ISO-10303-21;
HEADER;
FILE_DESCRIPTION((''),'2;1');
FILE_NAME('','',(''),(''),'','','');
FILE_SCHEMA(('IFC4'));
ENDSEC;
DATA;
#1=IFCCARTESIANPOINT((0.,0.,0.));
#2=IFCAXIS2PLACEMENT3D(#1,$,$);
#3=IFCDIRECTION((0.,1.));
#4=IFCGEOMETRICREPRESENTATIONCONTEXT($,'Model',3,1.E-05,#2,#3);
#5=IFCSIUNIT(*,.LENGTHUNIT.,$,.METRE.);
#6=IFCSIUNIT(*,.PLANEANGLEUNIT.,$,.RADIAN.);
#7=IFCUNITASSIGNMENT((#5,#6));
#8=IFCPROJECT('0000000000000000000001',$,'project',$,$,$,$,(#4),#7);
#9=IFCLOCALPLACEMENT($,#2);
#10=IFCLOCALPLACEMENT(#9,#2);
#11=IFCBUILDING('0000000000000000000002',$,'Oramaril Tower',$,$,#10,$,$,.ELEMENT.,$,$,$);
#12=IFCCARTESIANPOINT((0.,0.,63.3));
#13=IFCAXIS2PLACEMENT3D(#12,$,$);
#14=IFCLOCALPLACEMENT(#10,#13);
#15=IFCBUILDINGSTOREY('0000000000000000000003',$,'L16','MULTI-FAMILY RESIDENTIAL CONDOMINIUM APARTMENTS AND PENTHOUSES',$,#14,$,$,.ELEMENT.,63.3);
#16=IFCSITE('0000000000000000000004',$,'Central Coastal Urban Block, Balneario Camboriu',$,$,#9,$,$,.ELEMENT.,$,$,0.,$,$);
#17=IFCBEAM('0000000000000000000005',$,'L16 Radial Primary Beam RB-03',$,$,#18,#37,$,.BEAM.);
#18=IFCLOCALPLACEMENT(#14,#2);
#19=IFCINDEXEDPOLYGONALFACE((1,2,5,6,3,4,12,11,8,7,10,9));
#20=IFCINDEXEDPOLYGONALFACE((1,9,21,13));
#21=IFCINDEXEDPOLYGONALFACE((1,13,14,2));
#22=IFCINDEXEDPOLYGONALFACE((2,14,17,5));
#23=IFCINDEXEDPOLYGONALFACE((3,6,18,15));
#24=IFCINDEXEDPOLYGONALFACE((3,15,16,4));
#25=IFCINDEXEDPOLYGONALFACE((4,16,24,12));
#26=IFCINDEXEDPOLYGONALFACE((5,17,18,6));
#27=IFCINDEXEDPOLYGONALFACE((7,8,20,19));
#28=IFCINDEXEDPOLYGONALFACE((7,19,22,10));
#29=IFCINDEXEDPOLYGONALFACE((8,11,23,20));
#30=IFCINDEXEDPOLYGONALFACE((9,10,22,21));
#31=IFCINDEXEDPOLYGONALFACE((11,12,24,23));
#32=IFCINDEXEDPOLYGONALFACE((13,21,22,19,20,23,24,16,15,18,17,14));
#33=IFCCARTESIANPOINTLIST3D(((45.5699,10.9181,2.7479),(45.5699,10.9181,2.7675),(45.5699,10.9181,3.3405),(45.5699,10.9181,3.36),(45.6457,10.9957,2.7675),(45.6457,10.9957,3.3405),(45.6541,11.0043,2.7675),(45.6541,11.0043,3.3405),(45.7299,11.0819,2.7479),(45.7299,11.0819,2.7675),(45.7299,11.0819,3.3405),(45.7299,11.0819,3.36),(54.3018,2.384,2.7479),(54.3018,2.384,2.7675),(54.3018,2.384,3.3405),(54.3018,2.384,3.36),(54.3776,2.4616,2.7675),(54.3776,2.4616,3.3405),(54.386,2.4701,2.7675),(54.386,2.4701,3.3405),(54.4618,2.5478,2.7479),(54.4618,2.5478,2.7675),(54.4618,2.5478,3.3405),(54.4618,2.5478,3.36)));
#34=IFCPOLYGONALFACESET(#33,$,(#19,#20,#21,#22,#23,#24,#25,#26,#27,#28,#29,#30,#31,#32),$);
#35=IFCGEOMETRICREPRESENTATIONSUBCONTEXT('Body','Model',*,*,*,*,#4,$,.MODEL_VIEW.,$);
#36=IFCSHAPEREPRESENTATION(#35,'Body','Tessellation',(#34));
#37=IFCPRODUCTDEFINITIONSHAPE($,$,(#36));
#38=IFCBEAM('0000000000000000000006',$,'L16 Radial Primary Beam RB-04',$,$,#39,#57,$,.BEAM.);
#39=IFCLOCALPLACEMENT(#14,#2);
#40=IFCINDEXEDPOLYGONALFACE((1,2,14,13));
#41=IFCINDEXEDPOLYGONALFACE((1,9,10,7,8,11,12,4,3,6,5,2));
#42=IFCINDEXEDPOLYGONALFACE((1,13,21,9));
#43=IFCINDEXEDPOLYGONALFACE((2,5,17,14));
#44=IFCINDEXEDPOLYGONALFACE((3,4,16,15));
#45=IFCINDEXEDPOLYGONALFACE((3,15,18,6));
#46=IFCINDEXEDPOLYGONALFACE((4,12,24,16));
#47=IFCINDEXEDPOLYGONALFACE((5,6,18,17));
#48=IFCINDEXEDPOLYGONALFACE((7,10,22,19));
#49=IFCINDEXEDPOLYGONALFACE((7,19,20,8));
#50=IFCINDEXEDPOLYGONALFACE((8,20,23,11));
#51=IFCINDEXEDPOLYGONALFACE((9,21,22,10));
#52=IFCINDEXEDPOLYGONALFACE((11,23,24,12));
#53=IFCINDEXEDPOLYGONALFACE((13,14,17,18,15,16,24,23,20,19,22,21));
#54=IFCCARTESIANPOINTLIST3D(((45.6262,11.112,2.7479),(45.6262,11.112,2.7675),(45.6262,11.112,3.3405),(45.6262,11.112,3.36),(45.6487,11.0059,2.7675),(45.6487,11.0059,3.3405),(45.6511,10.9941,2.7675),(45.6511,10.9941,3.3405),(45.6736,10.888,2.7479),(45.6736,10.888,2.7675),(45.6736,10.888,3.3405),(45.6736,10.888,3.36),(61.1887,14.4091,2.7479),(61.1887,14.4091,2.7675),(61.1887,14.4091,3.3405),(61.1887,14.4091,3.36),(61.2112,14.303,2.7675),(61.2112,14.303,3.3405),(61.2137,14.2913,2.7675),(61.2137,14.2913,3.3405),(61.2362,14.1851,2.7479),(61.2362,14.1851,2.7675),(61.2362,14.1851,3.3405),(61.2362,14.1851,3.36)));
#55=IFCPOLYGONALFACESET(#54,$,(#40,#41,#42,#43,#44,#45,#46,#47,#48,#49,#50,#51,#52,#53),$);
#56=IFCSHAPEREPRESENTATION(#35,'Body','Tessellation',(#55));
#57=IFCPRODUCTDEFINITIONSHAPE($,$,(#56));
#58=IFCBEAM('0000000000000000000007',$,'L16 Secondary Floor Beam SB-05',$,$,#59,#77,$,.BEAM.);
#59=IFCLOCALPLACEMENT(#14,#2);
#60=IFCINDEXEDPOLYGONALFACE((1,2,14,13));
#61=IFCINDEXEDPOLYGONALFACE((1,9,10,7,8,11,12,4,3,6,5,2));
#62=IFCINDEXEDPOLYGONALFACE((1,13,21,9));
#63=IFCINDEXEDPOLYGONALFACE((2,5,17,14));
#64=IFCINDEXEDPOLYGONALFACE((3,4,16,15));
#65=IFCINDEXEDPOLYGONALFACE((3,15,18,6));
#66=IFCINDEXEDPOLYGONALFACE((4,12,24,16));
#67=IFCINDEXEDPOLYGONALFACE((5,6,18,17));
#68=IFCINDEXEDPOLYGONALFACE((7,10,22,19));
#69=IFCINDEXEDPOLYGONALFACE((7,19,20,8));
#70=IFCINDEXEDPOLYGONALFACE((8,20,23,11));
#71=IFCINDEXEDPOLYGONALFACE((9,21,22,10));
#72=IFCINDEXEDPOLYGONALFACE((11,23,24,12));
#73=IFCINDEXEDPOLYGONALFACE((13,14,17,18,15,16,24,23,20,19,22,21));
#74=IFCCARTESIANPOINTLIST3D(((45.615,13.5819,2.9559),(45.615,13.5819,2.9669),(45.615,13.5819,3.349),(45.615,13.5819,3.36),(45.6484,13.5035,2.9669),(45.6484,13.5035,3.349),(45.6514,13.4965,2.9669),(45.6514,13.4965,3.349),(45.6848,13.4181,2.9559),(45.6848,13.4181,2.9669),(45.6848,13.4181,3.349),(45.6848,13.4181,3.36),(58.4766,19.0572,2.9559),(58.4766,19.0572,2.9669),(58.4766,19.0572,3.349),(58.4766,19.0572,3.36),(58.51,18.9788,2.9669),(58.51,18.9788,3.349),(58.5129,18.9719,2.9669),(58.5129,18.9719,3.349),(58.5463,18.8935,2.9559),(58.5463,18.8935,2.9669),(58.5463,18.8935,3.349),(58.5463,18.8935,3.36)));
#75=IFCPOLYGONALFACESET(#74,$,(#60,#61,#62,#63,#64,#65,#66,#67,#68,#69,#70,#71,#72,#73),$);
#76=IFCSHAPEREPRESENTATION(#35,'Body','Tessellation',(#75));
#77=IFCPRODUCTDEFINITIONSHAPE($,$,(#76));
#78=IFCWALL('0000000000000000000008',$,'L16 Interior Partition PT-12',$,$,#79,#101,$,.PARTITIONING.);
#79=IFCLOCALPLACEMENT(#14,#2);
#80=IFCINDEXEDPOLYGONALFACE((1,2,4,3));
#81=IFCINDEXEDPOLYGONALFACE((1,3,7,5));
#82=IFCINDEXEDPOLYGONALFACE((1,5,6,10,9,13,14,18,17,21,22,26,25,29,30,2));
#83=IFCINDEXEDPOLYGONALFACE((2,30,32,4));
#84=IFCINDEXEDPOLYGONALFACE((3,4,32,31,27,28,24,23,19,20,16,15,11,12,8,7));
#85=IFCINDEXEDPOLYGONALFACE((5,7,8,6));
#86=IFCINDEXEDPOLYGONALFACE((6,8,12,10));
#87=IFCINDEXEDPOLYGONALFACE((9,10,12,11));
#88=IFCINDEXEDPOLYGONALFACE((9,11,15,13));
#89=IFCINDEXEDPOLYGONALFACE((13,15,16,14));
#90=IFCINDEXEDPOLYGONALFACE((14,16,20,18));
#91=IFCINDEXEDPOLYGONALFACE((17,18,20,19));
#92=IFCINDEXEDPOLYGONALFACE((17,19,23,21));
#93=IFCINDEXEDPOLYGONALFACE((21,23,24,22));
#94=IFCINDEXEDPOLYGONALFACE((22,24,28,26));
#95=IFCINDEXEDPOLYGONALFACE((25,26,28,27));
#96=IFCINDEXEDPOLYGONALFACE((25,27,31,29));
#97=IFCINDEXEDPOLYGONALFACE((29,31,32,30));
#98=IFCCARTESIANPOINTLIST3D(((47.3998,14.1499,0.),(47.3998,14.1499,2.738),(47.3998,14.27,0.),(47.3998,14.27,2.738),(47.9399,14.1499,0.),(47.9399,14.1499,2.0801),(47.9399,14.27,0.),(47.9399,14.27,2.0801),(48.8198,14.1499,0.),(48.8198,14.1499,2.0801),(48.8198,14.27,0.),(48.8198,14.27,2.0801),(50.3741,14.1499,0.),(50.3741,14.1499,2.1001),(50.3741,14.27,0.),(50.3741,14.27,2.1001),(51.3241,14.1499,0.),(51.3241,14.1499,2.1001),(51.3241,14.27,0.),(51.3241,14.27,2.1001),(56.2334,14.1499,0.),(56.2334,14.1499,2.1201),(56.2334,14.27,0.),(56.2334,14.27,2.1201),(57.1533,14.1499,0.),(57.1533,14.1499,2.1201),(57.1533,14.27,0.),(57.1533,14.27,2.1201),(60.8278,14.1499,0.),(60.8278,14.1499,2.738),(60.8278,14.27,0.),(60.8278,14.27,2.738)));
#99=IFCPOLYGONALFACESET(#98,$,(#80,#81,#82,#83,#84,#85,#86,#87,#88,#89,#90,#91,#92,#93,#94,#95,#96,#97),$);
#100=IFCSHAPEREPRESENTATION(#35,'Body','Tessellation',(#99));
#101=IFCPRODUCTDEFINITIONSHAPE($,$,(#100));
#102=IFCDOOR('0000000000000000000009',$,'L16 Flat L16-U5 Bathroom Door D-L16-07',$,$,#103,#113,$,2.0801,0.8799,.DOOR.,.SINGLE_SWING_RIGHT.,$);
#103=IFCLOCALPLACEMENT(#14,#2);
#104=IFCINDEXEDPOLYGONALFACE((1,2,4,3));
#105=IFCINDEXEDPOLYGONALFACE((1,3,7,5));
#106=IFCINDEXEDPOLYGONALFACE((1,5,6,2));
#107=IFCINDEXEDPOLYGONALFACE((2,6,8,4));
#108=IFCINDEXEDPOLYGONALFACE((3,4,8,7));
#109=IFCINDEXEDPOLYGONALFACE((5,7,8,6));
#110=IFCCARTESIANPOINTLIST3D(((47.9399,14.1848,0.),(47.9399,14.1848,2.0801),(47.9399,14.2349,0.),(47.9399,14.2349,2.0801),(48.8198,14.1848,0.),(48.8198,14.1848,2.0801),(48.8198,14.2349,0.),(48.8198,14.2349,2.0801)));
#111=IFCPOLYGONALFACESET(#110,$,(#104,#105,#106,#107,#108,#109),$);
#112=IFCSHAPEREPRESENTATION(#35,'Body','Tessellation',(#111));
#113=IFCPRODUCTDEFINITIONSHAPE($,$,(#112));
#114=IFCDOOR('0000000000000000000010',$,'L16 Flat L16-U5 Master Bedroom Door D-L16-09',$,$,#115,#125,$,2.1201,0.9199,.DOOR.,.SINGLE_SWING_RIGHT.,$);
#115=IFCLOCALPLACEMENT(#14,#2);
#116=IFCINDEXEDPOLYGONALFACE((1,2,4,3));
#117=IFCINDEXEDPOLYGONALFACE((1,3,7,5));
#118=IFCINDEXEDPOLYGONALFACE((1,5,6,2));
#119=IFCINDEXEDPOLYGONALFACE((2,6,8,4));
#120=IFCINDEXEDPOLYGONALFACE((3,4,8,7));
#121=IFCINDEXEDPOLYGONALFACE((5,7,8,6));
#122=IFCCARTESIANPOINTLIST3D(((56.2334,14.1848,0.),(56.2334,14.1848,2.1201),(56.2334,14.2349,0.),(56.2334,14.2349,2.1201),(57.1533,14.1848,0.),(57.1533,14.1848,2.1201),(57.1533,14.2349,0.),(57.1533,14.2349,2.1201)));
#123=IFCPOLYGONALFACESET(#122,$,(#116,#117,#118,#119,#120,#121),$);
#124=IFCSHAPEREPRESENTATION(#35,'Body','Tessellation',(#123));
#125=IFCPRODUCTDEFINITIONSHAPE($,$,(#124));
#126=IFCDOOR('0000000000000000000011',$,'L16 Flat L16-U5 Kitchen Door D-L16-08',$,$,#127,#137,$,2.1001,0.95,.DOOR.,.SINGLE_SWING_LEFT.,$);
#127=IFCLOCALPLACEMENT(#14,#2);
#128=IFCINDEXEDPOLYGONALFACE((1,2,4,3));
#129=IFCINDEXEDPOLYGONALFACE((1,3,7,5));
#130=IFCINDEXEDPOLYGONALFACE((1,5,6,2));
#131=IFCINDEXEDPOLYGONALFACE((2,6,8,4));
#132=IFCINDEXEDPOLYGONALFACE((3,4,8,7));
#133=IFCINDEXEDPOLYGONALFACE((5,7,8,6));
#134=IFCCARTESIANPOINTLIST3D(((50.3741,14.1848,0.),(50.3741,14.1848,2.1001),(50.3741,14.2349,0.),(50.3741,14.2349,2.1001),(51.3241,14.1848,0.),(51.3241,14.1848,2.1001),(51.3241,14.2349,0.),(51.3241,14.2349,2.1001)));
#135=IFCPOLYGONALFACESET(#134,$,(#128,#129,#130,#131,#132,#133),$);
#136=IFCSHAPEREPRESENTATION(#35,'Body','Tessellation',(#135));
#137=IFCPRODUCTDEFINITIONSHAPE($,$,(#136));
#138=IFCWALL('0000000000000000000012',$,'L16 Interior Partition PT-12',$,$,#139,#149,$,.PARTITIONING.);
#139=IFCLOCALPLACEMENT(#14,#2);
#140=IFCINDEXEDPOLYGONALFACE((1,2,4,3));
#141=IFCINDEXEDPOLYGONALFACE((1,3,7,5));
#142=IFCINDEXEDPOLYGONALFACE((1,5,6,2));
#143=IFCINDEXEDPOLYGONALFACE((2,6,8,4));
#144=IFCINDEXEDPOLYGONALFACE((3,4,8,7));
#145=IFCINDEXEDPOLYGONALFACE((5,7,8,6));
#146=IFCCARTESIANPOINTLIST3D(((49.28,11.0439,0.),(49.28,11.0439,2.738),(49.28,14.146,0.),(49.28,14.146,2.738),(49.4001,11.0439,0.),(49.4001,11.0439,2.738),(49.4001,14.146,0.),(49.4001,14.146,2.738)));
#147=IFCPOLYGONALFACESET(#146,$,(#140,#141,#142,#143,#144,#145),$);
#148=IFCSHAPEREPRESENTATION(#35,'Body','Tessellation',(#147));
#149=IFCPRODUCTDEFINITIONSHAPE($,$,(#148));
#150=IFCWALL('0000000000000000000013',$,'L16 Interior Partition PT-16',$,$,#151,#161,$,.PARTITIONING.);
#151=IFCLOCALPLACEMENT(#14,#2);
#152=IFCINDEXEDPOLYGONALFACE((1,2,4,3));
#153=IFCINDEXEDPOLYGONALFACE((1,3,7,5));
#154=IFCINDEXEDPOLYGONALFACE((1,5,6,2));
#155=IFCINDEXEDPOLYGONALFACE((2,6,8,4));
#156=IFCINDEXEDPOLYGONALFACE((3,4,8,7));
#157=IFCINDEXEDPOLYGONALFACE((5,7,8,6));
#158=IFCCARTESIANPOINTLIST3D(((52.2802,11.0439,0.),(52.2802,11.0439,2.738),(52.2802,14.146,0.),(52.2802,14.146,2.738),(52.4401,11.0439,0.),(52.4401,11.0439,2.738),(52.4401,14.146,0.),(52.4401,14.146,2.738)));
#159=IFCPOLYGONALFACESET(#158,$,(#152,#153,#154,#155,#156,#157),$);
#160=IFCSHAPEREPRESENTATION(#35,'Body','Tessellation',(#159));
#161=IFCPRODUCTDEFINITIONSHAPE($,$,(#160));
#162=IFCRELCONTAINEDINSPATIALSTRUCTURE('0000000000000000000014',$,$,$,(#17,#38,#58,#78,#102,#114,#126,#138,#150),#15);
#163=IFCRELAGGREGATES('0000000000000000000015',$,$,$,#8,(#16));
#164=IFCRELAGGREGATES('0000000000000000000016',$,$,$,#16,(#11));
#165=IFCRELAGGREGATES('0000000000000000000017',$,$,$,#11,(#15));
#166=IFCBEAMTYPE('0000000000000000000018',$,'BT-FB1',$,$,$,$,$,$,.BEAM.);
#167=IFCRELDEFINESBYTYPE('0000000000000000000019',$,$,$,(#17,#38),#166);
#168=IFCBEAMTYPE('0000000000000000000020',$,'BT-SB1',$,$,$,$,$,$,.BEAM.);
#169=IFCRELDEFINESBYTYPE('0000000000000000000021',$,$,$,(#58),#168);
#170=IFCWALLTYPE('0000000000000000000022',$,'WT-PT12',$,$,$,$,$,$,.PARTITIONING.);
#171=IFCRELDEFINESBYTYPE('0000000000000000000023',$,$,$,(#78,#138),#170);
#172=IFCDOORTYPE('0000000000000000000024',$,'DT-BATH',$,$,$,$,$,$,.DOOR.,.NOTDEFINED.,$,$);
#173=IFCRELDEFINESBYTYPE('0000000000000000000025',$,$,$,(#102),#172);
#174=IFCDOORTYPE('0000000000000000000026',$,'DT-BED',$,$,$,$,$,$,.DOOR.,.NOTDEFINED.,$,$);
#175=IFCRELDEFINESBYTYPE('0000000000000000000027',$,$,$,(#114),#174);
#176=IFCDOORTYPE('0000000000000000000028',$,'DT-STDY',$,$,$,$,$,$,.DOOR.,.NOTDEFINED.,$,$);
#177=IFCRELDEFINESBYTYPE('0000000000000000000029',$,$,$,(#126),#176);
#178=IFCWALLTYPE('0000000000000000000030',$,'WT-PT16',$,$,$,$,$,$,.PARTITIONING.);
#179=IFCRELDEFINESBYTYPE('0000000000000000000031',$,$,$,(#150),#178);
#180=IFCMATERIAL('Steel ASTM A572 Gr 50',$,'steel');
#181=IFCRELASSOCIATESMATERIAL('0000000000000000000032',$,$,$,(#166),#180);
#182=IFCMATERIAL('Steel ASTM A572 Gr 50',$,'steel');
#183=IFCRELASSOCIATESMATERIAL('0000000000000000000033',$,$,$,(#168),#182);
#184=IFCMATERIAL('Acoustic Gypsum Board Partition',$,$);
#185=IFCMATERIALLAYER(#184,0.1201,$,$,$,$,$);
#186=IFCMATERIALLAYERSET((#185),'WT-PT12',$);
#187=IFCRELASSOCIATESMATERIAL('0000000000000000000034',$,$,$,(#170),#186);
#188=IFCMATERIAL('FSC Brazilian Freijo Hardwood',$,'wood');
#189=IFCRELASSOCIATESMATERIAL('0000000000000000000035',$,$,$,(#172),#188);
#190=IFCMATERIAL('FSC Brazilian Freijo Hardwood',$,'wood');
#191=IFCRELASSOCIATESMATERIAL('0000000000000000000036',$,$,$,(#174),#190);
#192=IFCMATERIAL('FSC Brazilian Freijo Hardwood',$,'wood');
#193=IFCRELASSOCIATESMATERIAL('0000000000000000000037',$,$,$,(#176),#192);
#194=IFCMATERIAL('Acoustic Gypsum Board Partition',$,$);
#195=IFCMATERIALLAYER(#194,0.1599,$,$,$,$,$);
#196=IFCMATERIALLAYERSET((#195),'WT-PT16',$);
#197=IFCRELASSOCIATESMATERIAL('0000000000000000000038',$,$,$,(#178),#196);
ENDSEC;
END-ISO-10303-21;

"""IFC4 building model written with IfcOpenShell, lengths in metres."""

from ifc_helpers import new_model, si_unit, direction, frame, frame_2d, origin, origin_2d, place, context, subcontext, project, spatial, rectangle, i_section, extrude, material, layer, layer_set, material_profile, profile_set, type_object, element, fill, save


model = new_model("IFC4")

# Units and contexts
model_context = context("Model", 3, precision=1e-05, world=origin(), true_north=direction((0.0, 1.0)))
body_context = subcontext(model_context, "Body", "Model", "MODEL_VIEW")
ifc_project = project(units=[si_unit("LENGTHUNIT", "METRE"), si_unit("PLANEANGLEUNIT", "RADIAN")], contexts=[model_context])

# Site, building, storey
site_placement = place(None, origin())
site = spatial("IfcSite", under=ifc_project, at=site_placement, Name="Central Coastal Urban Block, Balneario Camboriu", CompositionType="ELEMENT", RefElevation=0.0)
building_placement = place(site_placement, origin())
building = spatial("IfcBuilding", under=site, at=building_placement, Name="Oramaril Tower", CompositionType="ELEMENT")
storey_placement = place(building_placement, frame((0.0, 0.0, 63.3)))
storey = spatial("IfcBuildingStorey", under=building, at=storey_placement, Name="L16", Description="MULTI-FAMILY RESIDENTIAL CONDOMINIUM APARTMENTS AND PENTHOUSES", CompositionType="ELEMENT", Elevation=63.3)

# Beams
ifc_material_1 = material(Name="Steel ASTM A572 Gr 50", Category="steel")
ifc_material_profile_1 = material_profile(ifc_material_1, i_section(OverallWidth=0.229, OverallDepth=0.6121, WebThickness=0.012, FlangeThickness=0.0195, at=origin_2d()), Name="W24X84")
ifc_profile_set_1 = profile_set([ifc_material_profile_1], Name="Steel ASTM A572 Gr 50")
beam_type_1 = type_object("IfcBeamType", Name="BT-FB1", PredefinedType="BEAM", material=ifc_profile_set_1)
beam_1_placement = place(storey_placement, frame((45.6499, 11.0, 3.054), z_axis=(0.715159, -0.698962, 0.0), x_axis=(0.698962, 0.715159, 0.0)))
element("IfcBeam", 1, at=beam_1_placement, inside=storey, type_object=beam_type_1, Name="L16 Radial Primary Beam RB-03", PredefinedType="BEAM", context=body_context, shape_type="SweptSolid", body=[
    extrude(i_section(OverallWidth=0.229, OverallDepth=0.6121, WebThickness=0.012, FlangeThickness=0.0195, at=origin_2d()), origin(), (0.0, 0.0, 1.0), 12.2097),
])
beam_2_placement = place(storey_placement, frame((45.6499, 11.0, 3.054), z_axis=(0.978285, 0.207263, 0.0), x_axis=(-0.207263, 0.978285, 0.0)))
element("IfcBeam", 2, at=beam_2_placement, inside=storey, type_object=beam_type_1, Name="L16 Radial Primary Beam RB-04", PredefinedType="BEAM", context=body_context, shape_type="SweptSolid", body=[
    extrude(i_section(OverallWidth=0.229, OverallDepth=0.6121, WebThickness=0.012, FlangeThickness=0.0195, at=origin_2d()), origin(), (0.0, 0.0, 1.0), 15.908),
])
ifc_material_2 = material(Name="Steel ASTM A572 Gr 50", Category="steel")
ifc_material_profile_2 = material_profile(ifc_material_2, i_section(OverallWidth=0.178, OverallDepth=0.4041, WebThickness=0.0076, FlangeThickness=0.011, at=origin_2d()), Name="W16X36")
ifc_profile_set_2 = profile_set([ifc_material_profile_2], Name="Steel ASTM A572 Gr 50")
beam_type_2 = type_object("IfcBeamType", Name="BT-SB1", PredefinedType="BEAM", material=ifc_profile_set_2)
beam_3_placement = place(storey_placement, frame((45.6499, 13.5, 3.158), z_axis=(0.920095, 0.391696, 0.0), x_axis=(-0.391696, 0.920095, 0.0)))
element("IfcBeam", 3, at=beam_3_placement, inside=storey, type_object=beam_type_2, Name="L16 Secondary Floor Beam SB-05", PredefinedType="BEAM", context=body_context, shape_type="SweptSolid", body=[
    extrude(i_section(OverallWidth=0.178, OverallDepth=0.4041, WebThickness=0.0076, FlangeThickness=0.011, at=origin_2d()), origin(), (0.0, 0.0, 1.0), 13.9785),
])

# Wall, openings, doors
ifc_material_3 = material(Name="Acoustic Gypsum Board Partition")
ifc_layer_1 = layer(ifc_material_3, 0.1201)
ifc_layer_set_1 = layer_set([ifc_layer_1], Name="WT-PT12")
wall_type_1 = type_object("IfcWallType", Name="WT-PT12", PredefinedType="PARTITIONING", material=ifc_layer_set_1)
wall_1_placement = place(storey_placement, frame((47.3999, 14.21, 0.0), z_axis=(0.0, 0.0, 1.0), x_axis=(1.0, 0.0, 0.0)))
wall_1 = element("IfcWall", 4, at=wall_1_placement, inside=storey, type_object=wall_type_1, Name="L16 Interior Partition PT-12", PredefinedType="PARTITIONING", context=body_context, shape_type="SweptSolid", body=[
    extrude(rectangle(XDim=13.428, YDim=0.1201, at=frame_2d((6.7139, 0.0))), origin(), (0.0, 0.0, 1.0), 2.738),
])
opening_1_placement = place(wall_1_placement, frame((0.54, 0.0, 0.0)))
opening_1 = element("IfcOpeningElement", 5, at=opening_1_placement, cuts=wall_1, PredefinedType="OPENING", context=body_context, shape_type="SweptSolid", body=[
    extrude(rectangle(XDim=0.8799, YDim=2.0801, at=frame_2d((0.4399, 1.04))), frame((0.0, 0.0601, 0.0), z_axis=(0.0, -1.0, 0.0), x_axis=(1.0, 0.0, 0.0)), (0.0, 0.0, 1.0), 0.1201),
])
opening_2_placement = place(wall_1_placement, frame((2.9741, 0.0, 0.0)))
opening_2 = element("IfcOpeningElement", 6, at=opening_2_placement, cuts=wall_1, PredefinedType="OPENING", context=body_context, shape_type="SweptSolid", body=[
    extrude(rectangle(XDim=0.95, YDim=2.1001, at=frame_2d((0.4751, 1.05))), frame((0.0, 0.0601, 0.0), z_axis=(0.0, -1.0, 0.0), x_axis=(1.0, 0.0, 0.0)), (0.0, 0.0, 1.0), 0.1201),
])
opening_3_placement = place(wall_1_placement, frame((8.8335, 0.0, 0.0)))
opening_3 = element("IfcOpeningElement", 7, at=opening_3_placement, cuts=wall_1, PredefinedType="OPENING", context=body_context, shape_type="SweptSolid", body=[
    extrude(rectangle(XDim=0.9199, YDim=2.1201, at=frame_2d((0.46, 1.0601))), frame((0.0, 0.0601, 0.0), z_axis=(0.0, -1.0, 0.0), x_axis=(1.0, 0.0, 0.0)), (0.0, 0.0, 1.0), 0.1201),
])
ifc_material_4 = material(Name="FSC Brazilian Freijo Hardwood", Category="wood")
door_type_1 = type_object("IfcDoorType", Name="DT-BATH", OperationType="NOTDEFINED", PredefinedType="DOOR", material=ifc_material_4)
door_1_placement = place(opening_1_placement, origin())
door_1 = element("IfcDoor", 8, at=door_1_placement, inside=storey, type_object=door_type_1, Name="L16 Flat L16-U5 Bathroom Door D-L16-07", OperationType="SINGLE_SWING_RIGHT", OverallHeight=2.0801, OverallWidth=0.8799, PredefinedType="DOOR", context=body_context, shape_type="SweptSolid", body=[
    extrude(rectangle(XDim=0.8799, YDim=2.0801, at=frame_2d((0.4399, 1.04))), frame((0.0, 0.0249, 0.0), z_axis=(0.0, -1.0, 0.0), x_axis=(1.0, 0.0, 0.0)), (0.0, 0.0, 1.0), 0.05),
])
fill(opening_1, door_1)
ifc_material_5 = material(Name="FSC Brazilian Freijo Hardwood", Category="wood")
door_type_2 = type_object("IfcDoorType", Name="DT-BED", OperationType="NOTDEFINED", PredefinedType="DOOR", material=ifc_material_5)
door_2_placement = place(opening_3_placement, origin())
door_2 = element("IfcDoor", 9, at=door_2_placement, inside=storey, type_object=door_type_2, Name="L16 Flat L16-U5 Master Bedroom Door D-L16-09", OperationType="SINGLE_SWING_RIGHT", OverallHeight=2.1201, OverallWidth=0.9199, PredefinedType="DOOR", context=body_context, shape_type="SweptSolid", body=[
    extrude(rectangle(XDim=0.9199, YDim=2.1201, at=frame_2d((0.46, 1.0601))), frame((0.0, 0.0249, 0.0), z_axis=(0.0, -1.0, 0.0), x_axis=(1.0, 0.0, 0.0)), (0.0, 0.0, 1.0), 0.05),
])
fill(opening_3, door_2)
ifc_material_6 = material(Name="FSC Brazilian Freijo Hardwood", Category="wood")
door_type_3 = type_object("IfcDoorType", Name="DT-STDY", OperationType="NOTDEFINED", PredefinedType="DOOR", material=ifc_material_6)
door_3_placement = place(opening_2_placement, origin())
door_3 = element("IfcDoor", 10, at=door_3_placement, inside=storey, type_object=door_type_3, Name="L16 Flat L16-U5 Kitchen Door D-L16-08", OperationType="SINGLE_SWING_LEFT", OverallHeight=2.1001, OverallWidth=0.95, PredefinedType="DOOR", context=body_context, shape_type="SweptSolid", body=[
    extrude(rectangle(XDim=0.95, YDim=2.1001, at=frame_2d((0.4751, 1.05))), frame((0.0, 0.0249, 0.0), z_axis=(0.0, -1.0, 0.0), x_axis=(1.0, 0.0, 0.0)), (0.0, 0.0, 1.0), 0.05),
])
fill(opening_2, door_3)

# Walls
wall_2_placement = place(storey_placement, frame((49.3401, 11.0439, 0.0), z_axis=(0.0, 0.0, 1.0), x_axis=(0.0, 1.0, 0.0)))
element("IfcWall", 11, at=wall_2_placement, inside=storey, type_object=wall_type_1, Name="L16 Interior Partition PT-12", PredefinedType="PARTITIONING", context=body_context, shape_type="SweptSolid", body=[
    extrude(rectangle(XDim=3.1021, YDim=0.1201, at=frame_2d((1.551, 0.0))), origin(), (0.0, 0.0, 1.0), 2.738),
])
ifc_material_7 = material(Name="Acoustic Gypsum Board Partition")
ifc_layer_2 = layer(ifc_material_7, 0.1599)
ifc_layer_set_2 = layer_set([ifc_layer_2], Name="WT-PT16")
wall_type_2 = type_object("IfcWallType", Name="WT-PT16", PredefinedType="PARTITIONING", material=ifc_layer_set_2)
wall_3_placement = place(storey_placement, frame((52.3601, 11.0439, 0.0), z_axis=(0.0, 0.0, 1.0), x_axis=(0.0, 1.0, 0.0)))
element("IfcWall", 12, at=wall_3_placement, inside=storey, type_object=wall_type_2, Name="L16 Interior Partition PT-16", PredefinedType="PARTITIONING", context=body_context, shape_type="SweptSolid", body=[
    extrude(rectangle(XDim=3.1021, YDim=0.1599, at=frame_2d((1.551, 0.0))), origin(), (0.0, 0.0, 1.0), 2.738),
])

save(model, "model.ifc")
